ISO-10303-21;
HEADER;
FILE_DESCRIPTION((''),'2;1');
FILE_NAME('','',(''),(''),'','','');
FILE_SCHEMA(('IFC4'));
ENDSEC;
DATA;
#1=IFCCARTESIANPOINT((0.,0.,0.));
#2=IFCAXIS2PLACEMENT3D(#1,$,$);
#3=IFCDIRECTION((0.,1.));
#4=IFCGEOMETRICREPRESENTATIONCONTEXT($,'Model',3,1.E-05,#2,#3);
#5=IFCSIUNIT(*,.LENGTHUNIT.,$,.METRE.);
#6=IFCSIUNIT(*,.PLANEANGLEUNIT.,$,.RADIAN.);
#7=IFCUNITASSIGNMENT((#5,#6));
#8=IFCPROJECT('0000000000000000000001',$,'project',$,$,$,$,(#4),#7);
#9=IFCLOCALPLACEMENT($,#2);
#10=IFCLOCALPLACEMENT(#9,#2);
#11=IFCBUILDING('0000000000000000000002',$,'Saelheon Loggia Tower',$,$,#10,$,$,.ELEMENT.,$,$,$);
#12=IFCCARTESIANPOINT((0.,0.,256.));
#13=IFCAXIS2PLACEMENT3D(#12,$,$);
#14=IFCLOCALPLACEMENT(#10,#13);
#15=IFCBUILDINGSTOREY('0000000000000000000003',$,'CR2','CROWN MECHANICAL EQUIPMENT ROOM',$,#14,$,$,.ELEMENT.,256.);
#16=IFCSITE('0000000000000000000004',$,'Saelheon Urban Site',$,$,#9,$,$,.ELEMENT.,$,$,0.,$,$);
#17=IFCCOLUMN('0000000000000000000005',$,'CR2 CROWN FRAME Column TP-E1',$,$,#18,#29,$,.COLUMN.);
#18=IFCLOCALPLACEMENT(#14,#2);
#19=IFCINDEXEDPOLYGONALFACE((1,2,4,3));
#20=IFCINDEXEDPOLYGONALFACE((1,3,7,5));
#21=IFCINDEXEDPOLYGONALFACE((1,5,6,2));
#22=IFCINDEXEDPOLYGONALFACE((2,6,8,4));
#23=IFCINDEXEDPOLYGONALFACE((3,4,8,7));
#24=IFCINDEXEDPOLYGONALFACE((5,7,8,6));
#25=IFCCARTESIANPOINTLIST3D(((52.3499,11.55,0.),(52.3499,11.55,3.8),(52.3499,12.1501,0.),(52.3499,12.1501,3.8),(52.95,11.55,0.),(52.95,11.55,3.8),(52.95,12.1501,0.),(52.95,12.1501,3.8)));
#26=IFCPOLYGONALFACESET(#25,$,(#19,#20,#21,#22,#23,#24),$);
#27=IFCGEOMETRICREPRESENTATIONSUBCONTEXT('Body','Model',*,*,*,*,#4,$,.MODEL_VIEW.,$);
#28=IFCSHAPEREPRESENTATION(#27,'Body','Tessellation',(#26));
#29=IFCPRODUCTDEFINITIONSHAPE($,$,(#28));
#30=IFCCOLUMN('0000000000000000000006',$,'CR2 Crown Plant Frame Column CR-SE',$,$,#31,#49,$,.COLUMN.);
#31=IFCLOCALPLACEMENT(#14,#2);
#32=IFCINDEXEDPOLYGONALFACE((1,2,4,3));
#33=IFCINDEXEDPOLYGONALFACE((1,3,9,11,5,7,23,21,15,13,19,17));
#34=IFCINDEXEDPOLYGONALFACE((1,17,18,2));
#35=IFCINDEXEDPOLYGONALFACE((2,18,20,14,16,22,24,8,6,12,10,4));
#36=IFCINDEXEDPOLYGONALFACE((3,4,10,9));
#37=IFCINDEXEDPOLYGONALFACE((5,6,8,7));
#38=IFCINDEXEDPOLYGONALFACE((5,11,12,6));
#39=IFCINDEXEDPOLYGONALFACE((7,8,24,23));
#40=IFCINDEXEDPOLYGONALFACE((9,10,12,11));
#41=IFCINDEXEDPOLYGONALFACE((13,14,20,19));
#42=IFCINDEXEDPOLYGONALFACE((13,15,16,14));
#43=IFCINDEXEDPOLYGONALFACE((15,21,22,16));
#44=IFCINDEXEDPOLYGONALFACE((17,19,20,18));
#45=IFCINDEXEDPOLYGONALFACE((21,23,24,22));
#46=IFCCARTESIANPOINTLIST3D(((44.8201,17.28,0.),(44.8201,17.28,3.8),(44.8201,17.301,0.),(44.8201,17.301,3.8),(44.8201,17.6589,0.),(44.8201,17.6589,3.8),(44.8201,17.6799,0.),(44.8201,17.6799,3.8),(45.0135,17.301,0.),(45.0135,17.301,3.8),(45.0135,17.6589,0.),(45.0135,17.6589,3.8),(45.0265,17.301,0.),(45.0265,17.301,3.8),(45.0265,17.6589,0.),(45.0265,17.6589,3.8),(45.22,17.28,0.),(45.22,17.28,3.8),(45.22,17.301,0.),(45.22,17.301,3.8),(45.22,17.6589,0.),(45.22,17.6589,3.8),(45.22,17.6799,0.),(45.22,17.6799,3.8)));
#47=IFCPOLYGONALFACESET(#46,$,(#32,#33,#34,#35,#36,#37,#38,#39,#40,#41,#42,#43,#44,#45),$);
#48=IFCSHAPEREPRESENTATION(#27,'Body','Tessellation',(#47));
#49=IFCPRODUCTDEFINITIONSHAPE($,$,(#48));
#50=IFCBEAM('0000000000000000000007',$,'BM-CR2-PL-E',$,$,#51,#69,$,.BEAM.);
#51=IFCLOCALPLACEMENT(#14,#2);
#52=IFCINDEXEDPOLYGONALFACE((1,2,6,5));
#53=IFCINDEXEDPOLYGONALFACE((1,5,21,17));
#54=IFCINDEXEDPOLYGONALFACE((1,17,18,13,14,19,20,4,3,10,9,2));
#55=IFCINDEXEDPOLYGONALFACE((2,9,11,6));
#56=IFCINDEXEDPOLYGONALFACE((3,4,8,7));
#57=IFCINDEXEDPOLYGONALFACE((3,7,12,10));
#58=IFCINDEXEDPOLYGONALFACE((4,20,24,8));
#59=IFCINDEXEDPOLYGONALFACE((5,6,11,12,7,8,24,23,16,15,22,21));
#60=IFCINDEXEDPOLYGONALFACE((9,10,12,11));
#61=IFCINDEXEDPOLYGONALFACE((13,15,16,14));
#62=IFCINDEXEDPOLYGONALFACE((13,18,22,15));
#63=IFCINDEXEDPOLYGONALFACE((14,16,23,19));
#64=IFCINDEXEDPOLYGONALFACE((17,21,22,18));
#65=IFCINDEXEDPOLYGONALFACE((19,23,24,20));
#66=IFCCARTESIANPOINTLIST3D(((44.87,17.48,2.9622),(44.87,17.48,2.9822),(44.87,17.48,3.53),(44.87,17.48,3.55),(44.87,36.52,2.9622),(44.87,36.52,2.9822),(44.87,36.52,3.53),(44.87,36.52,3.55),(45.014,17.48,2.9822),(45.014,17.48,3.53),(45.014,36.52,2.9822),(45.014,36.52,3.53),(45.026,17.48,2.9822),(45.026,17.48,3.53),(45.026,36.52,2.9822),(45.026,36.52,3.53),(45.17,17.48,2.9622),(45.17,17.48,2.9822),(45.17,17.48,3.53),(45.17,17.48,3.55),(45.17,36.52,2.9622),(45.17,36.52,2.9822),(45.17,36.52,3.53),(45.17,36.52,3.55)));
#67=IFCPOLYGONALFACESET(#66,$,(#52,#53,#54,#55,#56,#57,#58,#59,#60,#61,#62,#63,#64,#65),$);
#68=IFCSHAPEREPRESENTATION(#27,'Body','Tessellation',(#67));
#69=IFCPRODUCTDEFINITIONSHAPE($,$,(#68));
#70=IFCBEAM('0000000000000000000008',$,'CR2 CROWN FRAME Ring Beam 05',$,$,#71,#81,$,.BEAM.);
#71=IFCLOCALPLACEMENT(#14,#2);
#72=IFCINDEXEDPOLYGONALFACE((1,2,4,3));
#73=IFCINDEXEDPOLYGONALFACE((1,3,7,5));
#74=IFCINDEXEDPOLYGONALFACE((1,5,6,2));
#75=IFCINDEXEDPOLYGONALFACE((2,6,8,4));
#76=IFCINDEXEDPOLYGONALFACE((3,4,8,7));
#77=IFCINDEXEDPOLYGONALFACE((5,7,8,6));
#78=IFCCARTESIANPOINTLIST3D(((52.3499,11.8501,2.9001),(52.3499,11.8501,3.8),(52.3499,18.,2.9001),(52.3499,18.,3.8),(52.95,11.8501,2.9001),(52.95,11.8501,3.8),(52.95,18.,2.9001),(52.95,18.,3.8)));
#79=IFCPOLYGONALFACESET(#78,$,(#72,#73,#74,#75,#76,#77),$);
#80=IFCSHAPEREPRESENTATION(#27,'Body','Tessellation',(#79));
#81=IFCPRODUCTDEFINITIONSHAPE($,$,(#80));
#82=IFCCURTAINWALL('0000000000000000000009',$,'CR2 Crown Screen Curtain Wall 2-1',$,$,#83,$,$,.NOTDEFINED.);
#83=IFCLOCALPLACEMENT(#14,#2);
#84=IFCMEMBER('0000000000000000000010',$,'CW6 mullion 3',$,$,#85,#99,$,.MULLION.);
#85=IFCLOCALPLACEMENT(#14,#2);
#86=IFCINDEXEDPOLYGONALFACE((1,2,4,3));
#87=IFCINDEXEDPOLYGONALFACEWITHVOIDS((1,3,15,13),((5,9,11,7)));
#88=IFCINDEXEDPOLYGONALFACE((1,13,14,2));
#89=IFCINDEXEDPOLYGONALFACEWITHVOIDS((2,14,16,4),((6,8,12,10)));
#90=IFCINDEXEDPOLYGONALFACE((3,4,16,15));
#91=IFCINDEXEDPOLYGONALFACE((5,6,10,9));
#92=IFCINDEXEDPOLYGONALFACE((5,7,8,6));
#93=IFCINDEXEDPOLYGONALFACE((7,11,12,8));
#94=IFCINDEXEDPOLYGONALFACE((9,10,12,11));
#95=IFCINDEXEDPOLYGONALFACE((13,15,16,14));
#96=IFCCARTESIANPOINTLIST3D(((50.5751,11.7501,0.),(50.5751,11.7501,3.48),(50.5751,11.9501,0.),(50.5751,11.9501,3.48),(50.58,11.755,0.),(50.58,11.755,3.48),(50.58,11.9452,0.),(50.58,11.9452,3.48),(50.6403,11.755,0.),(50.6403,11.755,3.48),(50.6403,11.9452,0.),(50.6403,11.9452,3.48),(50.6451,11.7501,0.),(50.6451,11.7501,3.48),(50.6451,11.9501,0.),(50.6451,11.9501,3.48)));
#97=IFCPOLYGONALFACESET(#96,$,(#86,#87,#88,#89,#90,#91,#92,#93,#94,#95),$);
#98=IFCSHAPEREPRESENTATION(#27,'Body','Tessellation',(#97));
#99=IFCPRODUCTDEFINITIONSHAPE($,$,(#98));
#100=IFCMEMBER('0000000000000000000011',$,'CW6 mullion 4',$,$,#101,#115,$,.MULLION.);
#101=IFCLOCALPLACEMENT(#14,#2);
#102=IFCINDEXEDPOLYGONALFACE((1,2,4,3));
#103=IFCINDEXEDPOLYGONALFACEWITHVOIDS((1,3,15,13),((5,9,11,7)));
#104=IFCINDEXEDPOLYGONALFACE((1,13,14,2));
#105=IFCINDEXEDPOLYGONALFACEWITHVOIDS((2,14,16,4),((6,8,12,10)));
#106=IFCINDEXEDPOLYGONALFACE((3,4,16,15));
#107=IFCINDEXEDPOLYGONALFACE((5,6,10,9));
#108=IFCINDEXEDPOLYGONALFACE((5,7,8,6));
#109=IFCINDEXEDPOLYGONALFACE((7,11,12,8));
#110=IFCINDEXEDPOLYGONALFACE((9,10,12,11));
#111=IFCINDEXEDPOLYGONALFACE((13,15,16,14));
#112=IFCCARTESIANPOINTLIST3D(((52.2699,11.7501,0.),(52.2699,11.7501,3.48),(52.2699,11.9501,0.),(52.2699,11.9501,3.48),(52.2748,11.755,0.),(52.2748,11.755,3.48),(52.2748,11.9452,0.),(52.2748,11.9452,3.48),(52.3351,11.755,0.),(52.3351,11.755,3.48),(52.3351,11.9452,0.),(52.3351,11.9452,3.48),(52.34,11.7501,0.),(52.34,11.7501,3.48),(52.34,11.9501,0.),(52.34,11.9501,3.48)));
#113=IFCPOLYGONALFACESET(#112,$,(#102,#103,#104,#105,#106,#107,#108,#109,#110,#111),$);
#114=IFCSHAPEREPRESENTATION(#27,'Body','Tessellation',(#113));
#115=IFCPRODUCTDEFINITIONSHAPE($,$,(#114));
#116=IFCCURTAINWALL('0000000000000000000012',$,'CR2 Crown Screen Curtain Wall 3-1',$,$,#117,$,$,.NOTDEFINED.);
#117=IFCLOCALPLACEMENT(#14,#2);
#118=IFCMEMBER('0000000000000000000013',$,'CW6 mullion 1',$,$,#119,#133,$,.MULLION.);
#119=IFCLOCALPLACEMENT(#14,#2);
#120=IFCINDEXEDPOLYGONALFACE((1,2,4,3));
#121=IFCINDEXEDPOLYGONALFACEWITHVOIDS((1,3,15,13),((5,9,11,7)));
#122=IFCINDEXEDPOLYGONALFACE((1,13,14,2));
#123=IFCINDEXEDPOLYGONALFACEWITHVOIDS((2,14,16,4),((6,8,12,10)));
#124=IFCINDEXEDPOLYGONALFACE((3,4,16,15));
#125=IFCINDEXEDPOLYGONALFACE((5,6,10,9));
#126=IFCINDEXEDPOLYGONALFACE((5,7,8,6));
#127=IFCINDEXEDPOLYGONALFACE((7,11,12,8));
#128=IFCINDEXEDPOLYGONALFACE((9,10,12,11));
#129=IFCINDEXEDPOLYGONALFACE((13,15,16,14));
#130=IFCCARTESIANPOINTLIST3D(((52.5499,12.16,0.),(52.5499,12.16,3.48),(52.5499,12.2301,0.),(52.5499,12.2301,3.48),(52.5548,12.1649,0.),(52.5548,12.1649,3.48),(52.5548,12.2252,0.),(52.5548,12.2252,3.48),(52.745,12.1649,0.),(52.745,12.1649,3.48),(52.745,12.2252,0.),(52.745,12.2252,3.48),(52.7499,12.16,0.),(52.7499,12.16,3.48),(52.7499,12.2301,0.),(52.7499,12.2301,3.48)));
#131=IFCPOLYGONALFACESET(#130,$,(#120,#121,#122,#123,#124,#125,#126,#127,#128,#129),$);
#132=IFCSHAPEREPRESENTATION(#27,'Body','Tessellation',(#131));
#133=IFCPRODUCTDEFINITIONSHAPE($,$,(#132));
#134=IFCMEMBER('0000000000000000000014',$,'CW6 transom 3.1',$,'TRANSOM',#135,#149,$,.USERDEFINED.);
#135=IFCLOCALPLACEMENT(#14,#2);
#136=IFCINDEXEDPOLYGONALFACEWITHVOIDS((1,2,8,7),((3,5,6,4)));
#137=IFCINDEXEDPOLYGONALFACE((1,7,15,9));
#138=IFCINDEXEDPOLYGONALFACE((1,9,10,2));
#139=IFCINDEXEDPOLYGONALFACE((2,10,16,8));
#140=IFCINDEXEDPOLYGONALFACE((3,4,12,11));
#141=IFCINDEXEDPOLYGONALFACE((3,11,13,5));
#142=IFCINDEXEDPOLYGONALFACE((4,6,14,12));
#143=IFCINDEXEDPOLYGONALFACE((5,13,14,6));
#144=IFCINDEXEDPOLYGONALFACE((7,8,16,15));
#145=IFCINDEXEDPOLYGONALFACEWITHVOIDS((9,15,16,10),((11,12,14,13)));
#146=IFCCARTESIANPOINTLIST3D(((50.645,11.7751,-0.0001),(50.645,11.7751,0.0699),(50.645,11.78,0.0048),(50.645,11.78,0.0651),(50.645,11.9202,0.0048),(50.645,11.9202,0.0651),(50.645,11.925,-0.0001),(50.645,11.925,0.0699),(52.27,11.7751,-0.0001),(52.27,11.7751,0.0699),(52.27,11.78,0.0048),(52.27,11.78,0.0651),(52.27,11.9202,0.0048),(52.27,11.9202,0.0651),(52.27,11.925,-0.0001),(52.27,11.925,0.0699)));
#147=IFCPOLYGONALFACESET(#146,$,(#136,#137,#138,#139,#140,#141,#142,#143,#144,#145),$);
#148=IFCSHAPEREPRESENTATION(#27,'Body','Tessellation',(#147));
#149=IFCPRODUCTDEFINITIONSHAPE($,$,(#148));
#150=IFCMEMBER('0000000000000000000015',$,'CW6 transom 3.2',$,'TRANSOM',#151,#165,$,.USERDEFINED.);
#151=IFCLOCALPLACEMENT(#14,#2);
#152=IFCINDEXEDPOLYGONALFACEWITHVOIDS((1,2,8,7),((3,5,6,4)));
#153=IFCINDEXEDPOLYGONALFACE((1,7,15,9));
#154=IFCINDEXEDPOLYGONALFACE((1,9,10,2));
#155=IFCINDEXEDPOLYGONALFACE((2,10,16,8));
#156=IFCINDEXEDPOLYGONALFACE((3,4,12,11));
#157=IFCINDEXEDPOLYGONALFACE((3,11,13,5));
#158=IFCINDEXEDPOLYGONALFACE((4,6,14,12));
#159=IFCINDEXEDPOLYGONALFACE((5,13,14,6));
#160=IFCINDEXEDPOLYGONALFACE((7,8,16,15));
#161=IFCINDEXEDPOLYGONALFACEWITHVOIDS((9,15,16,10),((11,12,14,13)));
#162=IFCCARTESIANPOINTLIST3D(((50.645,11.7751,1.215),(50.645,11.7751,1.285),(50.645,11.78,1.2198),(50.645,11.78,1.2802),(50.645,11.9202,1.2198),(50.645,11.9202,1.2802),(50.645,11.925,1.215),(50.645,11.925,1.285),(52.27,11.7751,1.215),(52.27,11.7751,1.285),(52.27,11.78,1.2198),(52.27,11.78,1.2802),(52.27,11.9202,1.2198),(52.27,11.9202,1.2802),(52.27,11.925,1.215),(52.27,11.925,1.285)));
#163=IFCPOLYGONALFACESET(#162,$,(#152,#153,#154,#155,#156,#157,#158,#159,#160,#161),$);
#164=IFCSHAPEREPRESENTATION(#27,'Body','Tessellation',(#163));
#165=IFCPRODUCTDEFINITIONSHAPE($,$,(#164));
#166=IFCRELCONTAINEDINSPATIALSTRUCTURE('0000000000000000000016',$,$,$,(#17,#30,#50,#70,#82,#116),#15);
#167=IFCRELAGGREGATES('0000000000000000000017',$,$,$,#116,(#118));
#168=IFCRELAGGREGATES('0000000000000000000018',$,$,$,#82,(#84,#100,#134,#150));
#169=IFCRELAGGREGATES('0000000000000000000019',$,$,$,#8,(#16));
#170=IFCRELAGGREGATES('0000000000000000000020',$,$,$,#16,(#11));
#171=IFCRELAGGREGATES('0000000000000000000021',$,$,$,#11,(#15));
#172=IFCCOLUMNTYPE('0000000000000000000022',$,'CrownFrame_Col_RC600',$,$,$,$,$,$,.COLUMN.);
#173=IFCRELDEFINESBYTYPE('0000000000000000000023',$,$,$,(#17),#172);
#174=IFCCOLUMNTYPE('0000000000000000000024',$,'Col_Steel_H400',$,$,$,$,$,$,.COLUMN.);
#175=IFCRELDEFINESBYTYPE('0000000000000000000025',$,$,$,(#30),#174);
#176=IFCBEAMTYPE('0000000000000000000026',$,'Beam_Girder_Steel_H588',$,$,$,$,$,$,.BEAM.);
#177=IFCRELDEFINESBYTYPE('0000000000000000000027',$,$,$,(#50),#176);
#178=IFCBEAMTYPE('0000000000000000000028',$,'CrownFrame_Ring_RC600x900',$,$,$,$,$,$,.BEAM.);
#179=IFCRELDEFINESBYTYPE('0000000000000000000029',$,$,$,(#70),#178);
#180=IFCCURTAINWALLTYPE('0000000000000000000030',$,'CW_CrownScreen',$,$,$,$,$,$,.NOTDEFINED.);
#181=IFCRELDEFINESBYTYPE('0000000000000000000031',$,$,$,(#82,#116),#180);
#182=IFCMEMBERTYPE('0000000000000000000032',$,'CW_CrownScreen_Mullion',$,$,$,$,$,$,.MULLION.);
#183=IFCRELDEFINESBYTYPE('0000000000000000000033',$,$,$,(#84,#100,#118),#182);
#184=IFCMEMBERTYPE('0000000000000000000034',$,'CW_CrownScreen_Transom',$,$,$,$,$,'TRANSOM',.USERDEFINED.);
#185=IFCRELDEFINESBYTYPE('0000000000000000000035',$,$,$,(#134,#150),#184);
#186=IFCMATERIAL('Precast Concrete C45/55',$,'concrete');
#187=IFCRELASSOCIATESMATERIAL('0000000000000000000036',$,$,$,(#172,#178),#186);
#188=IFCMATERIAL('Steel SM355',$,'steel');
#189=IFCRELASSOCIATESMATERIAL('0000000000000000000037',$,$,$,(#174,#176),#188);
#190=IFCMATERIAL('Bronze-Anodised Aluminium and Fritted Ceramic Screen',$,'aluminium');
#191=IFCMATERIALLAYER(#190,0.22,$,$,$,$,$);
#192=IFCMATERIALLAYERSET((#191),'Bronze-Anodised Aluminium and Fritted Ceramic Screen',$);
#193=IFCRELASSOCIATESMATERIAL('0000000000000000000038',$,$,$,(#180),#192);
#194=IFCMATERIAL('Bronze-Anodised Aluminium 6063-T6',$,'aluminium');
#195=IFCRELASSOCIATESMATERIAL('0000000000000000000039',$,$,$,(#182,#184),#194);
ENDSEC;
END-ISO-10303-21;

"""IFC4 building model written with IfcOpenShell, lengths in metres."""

from ifc_helpers import new_model, si_unit, direction, frame, origin, origin_2d, place, context, subcontext, project, spatial, rectangle, hollow_rectangle, i_section, extrude, source, transform, mapped, material, layer, layer_set, material_profile, profile_set, type_object, element, aggregate, save


model = new_model("IFC4")

# Units and contexts
model_context = context("Model", 3, precision=1e-05, world=origin(), true_north=direction((0.0, 1.0)))
body_context = subcontext(model_context, "Body", "Model", "MODEL_VIEW")
ifc_project = project(units=[si_unit("LENGTHUNIT", "METRE"), si_unit("PLANEANGLEUNIT", "RADIAN")], contexts=[model_context])

# Site, building, storey
site_placement = place(None, origin())
site = spatial("IfcSite", under=ifc_project, at=site_placement, Name="Saelheon Urban Site", CompositionType="ELEMENT", RefElevation=0.0)
building_placement = place(site_placement, origin())
building = spatial("IfcBuilding", under=site, at=building_placement, Name="Saelheon Loggia Tower", CompositionType="ELEMENT")
storey_placement = place(building_placement, frame((0.0, 0.0, 256.0)))
storey = spatial("IfcBuildingStorey", under=building, at=storey_placement, Name="CR2", Description="CROWN MECHANICAL EQUIPMENT ROOM", CompositionType="ELEMENT", Elevation=256.0)

# Columns
ifc_material_1 = material(Name="Precast Concrete C45/55", Category="concrete")
ifc_material_profile_1 = material_profile(ifc_material_1, rectangle(XDim=0.6001, YDim=0.6001, at=origin_2d()), Name="RC-600x600")
ifc_profile_set_1 = profile_set([ifc_material_profile_1], Name="Precast Concrete C45/55")
column_type_1 = type_object("IfcColumnType", Name="CrownFrame_Col_RC600", PredefinedType="COLUMN", material=ifc_profile_set_1)
shared_shape_1 = source(origin(), body_context, "Body", "SweptSolid", [
    extrude(rectangle(XDim=0.6001, YDim=0.6001, at=origin_2d()), origin(), (0.0, 0.0, 1.0), 3.8),
])
column_1_placement = place(storey_placement, frame((52.6499, 11.8501, 0.0), z_axis=(0.0, 0.0, 1.0), x_axis=(1.0, 0.0, 0.0)))
element("IfcColumn", 1, at=column_1_placement, inside=storey, type_object=column_type_1, Name="CR2 CROWN FRAME Column TP-E1", PredefinedType="COLUMN", context=body_context, shape_type="MappedRepresentation", body=[
    mapped(shared_shape_1, transform((0.0, 0.0, 0.0), scale=1.0)),
])
ifc_material_2 = material(Name="Steel SM355", Category="steel")
ifc_material_profile_2 = material_profile(ifc_material_2, i_section(OverallWidth=0.3999, OverallDepth=0.3999, WebThickness=0.0129, FlangeThickness=0.021, at=origin_2d()), Name="H-400x400x13x21")
ifc_profile_set_2 = profile_set([ifc_material_profile_2], Name="Steel SM355")
column_type_2 = type_object("IfcColumnType", Name="Col_Steel_H400", PredefinedType="COLUMN", material=ifc_profile_set_2)
shared_shape_2 = source(origin(), body_context, "Body", "SweptSolid", [
    extrude(i_section(OverallWidth=0.3999, OverallDepth=0.3999, WebThickness=0.0129, FlangeThickness=0.021, at=origin_2d()), origin(), (0.0, 0.0, 1.0), 3.8),
])
column_2_placement = place(storey_placement, frame((45.02, 17.48, 0.0), z_axis=(0.0, 0.0, 1.0), x_axis=(1.0, 0.0, 0.0)))
element("IfcColumn", 2, at=column_2_placement, inside=storey, type_object=column_type_2, Name="CR2 Crown Plant Frame Column CR-SE", PredefinedType="COLUMN", context=body_context, shape_type="MappedRepresentation", body=[
    mapped(shared_shape_2, transform((0.0, 0.0, 0.0), scale=1.0)),
])

# Beams
ifc_material_profile_3 = material_profile(ifc_material_2, i_section(OverallWidth=0.3, OverallDepth=0.5879, WebThickness=0.012, FlangeThickness=0.02, at=origin_2d()), Name="H-588x300x12x20")
ifc_profile_set_3 = profile_set([ifc_material_profile_3], Name="Steel SM355")
beam_type_1 = type_object("IfcBeamType", Name="Beam_Girder_Steel_H588", PredefinedType="BEAM", material=ifc_profile_set_3)
shared_shape_3 = source(origin(), body_context, "Body", "SweptSolid", [
    extrude(i_section(OverallWidth=0.3, OverallDepth=0.5879, WebThickness=0.012, FlangeThickness=0.02, at=origin_2d()), origin(), (0.0, 0.0, 1.0), 19.04),
])
beam_1_placement = place(storey_placement, frame((45.02, 17.48, 3.2561), z_axis=(0.0, 1.0, 0.0), x_axis=(-1.0, 0.0, 0.0)))
element("IfcBeam", 3, at=beam_1_placement, inside=storey, type_object=beam_type_1, Name="BM-CR2-PL-E", PredefinedType="BEAM", context=body_context, shape_type="MappedRepresentation", body=[
    mapped(shared_shape_3, transform((0.0, 0.0, 0.0), scale=1.0)),
])
ifc_material_profile_4 = material_profile(ifc_material_1, rectangle(XDim=0.6001, YDim=0.8999, at=origin_2d()), Name="RC-600x900")
ifc_profile_set_4 = profile_set([ifc_material_profile_4], Name="Precast Concrete C45/55")
beam_type_2 = type_object("IfcBeamType", Name="CrownFrame_Ring_RC600x900", PredefinedType="BEAM", material=ifc_profile_set_4)
shared_shape_4 = source(origin(), body_context, "Body", "SweptSolid", [
    extrude(rectangle(XDim=0.6001, YDim=0.8999, at=origin_2d()), origin(), (0.0, 0.0, 1.0), 6.1499),
])
beam_2_placement = place(storey_placement, frame((52.6499, 11.8501, 3.3501), z_axis=(0.0, 1.0, 0.0), x_axis=(-1.0, 0.0, 0.0)))
element("IfcBeam", 4, at=beam_2_placement, inside=storey, type_object=beam_type_2, Name="CR2 CROWN FRAME Ring Beam 05", PredefinedType="BEAM", context=body_context, shape_type="MappedRepresentation", body=[
    mapped(shared_shape_4, transform((0.0, 0.0, 0.0), scale=1.0)),
])

# Curtain wall, members
ifc_material_3 = material(Name="Bronze-Anodised Aluminium and Fritted Ceramic Screen", Category="aluminium")
ifc_layer_1 = layer(ifc_material_3, 0.22)
ifc_layer_set_1 = layer_set([ifc_layer_1], Name="Bronze-Anodised Aluminium and Fritted Ceramic Screen")
curtain_wall_type = type_object("IfcCurtainWallType", Name="CW_CrownScreen", PredefinedType="NOTDEFINED", material=ifc_layer_set_1)
curtain_wall_1_placement = place(storey_placement, origin())
curtain_wall_1 = element("IfcCurtainWall", 5, at=curtain_wall_1_placement, inside=storey, type_object=curtain_wall_type, Name="CR2 Crown Screen Curtain Wall 2-1", PredefinedType="NOTDEFINED")
ifc_material_4 = material(Name="Bronze-Anodised Aluminium 6063-T6", Category="aluminium")
ifc_material_profile_5 = material_profile(ifc_material_4, hollow_rectangle(XDim=0.0701, YDim=0.2, WallThickness=0.0049, at=origin_2d()), Name="RHS-200x70x5")
ifc_profile_set_5 = profile_set([ifc_material_profile_5], Name="Bronze-Anodised Aluminium 6063-T6")
member_type_1 = type_object("IfcMemberType", Name="CW_CrownScreen_Mullion", PredefinedType="MULLION", material=ifc_profile_set_5)
shared_shape_5 = source(origin(), body_context, "Body", "SweptSolid", [
    extrude(hollow_rectangle(XDim=0.0701, YDim=0.2, WallThickness=0.0049, at=origin_2d()), origin(), (0.0, 0.0, 1.0), 3.48),
])
member_1_placement = place(storey_placement, frame((50.6101, 11.8501, 0.0), z_axis=(0.0, 0.0, 1.0), x_axis=(1.0, 0.0, 0.0)))
member_1 = element("IfcMember", 6, at=member_1_placement, type_object=member_type_1, Name="CW6 mullion 3", PredefinedType="MULLION", context=body_context, shape_type="MappedRepresentation", body=[
    mapped(shared_shape_5, transform((0.0, 0.0, 0.0), scale=1.0)),
])
member_2_placement = place(storey_placement, frame((52.3049, 11.8501, 0.0), z_axis=(0.0, 0.0, 1.0), x_axis=(1.0, 0.0, 0.0)))
member_2 = element("IfcMember", 7, at=member_2_placement, type_object=member_type_1, Name="CW6 mullion 4", PredefinedType="MULLION", context=body_context, shape_type="MappedRepresentation", body=[
    mapped(shared_shape_5, transform((0.0, 0.0, 0.0), scale=1.0)),
])

# Curtain wall, member
curtain_wall_2_placement = place(storey_placement, origin())
curtain_wall_2 = element("IfcCurtainWall", 8, at=curtain_wall_2_placement, inside=storey, type_object=curtain_wall_type, Name="CR2 Crown Screen Curtain Wall 3-1", PredefinedType="NOTDEFINED")
member_3_placement = place(storey_placement, frame((52.6499, 12.1951, 0.0), z_axis=(0.0, 0.0, 1.0), x_axis=(0.0, 1.0, 0.0)))
member_3 = element("IfcMember", 9, at=member_3_placement, type_object=member_type_1, Name="CW6 mullion 1", PredefinedType="MULLION", context=body_context, shape_type="MappedRepresentation", body=[
    mapped(shared_shape_5, transform((0.0, 0.0, 0.0), scale=1.0)),
])

# Members
ifc_material_profile_6 = material_profile(ifc_material_4, hollow_rectangle(XDim=0.0701, YDim=0.1499, WallThickness=0.0049, at=origin_2d()), Name="RHS-150x70x5")
ifc_profile_set_6 = profile_set([ifc_material_profile_6], Name="Bronze-Anodised Aluminium 6063-T6")
member_type_2 = type_object("IfcMemberType", Name="CW_CrownScreen_Transom", ElementType="TRANSOM", PredefinedType="USERDEFINED", material=ifc_profile_set_6)
shared_shape_6 = source(origin(), body_context, "Body", "SweptSolid", [
    extrude(hollow_rectangle(XDim=0.0701, YDim=0.1499, WallThickness=0.0049, at=origin_2d()), origin(), (0.0, 0.0, 1.0), 1.625),
])
member_4_placement = place(storey_placement, frame((50.645, 11.8501, 0.0349), z_axis=(1.0, 0.0, 0.0), x_axis=(0.0, 0.0, 1.0)))
member_4 = element("IfcMember", 10, at=member_4_placement, type_object=member_type_2, Name="CW6 transom 3.1", ObjectType="TRANSOM", PredefinedType="USERDEFINED", context=body_context, shape_type="MappedRepresentation", body=[
    mapped(shared_shape_6, transform((0.0, 0.0, 0.0), scale=1.0)),
])
member_5_placement = place(storey_placement, frame((50.645, 11.8501, 1.25), z_axis=(1.0, 0.0, 0.0), x_axis=(0.0, 0.0, 1.0)))
member_5 = element("IfcMember", 11, at=member_5_placement, type_object=member_type_2, Name="CW6 transom 3.2", ObjectType="TRANSOM", PredefinedType="USERDEFINED", context=body_context, shape_type="MappedRepresentation", body=[
    mapped(shared_shape_6, transform((0.0, 0.0, 0.0), scale=1.0)),
])
aggregate(curtain_wall_2, [member_3])

aggregate(curtain_wall_1, [member_1, member_2, member_4, member_5])

save(model, "model.ifc")
